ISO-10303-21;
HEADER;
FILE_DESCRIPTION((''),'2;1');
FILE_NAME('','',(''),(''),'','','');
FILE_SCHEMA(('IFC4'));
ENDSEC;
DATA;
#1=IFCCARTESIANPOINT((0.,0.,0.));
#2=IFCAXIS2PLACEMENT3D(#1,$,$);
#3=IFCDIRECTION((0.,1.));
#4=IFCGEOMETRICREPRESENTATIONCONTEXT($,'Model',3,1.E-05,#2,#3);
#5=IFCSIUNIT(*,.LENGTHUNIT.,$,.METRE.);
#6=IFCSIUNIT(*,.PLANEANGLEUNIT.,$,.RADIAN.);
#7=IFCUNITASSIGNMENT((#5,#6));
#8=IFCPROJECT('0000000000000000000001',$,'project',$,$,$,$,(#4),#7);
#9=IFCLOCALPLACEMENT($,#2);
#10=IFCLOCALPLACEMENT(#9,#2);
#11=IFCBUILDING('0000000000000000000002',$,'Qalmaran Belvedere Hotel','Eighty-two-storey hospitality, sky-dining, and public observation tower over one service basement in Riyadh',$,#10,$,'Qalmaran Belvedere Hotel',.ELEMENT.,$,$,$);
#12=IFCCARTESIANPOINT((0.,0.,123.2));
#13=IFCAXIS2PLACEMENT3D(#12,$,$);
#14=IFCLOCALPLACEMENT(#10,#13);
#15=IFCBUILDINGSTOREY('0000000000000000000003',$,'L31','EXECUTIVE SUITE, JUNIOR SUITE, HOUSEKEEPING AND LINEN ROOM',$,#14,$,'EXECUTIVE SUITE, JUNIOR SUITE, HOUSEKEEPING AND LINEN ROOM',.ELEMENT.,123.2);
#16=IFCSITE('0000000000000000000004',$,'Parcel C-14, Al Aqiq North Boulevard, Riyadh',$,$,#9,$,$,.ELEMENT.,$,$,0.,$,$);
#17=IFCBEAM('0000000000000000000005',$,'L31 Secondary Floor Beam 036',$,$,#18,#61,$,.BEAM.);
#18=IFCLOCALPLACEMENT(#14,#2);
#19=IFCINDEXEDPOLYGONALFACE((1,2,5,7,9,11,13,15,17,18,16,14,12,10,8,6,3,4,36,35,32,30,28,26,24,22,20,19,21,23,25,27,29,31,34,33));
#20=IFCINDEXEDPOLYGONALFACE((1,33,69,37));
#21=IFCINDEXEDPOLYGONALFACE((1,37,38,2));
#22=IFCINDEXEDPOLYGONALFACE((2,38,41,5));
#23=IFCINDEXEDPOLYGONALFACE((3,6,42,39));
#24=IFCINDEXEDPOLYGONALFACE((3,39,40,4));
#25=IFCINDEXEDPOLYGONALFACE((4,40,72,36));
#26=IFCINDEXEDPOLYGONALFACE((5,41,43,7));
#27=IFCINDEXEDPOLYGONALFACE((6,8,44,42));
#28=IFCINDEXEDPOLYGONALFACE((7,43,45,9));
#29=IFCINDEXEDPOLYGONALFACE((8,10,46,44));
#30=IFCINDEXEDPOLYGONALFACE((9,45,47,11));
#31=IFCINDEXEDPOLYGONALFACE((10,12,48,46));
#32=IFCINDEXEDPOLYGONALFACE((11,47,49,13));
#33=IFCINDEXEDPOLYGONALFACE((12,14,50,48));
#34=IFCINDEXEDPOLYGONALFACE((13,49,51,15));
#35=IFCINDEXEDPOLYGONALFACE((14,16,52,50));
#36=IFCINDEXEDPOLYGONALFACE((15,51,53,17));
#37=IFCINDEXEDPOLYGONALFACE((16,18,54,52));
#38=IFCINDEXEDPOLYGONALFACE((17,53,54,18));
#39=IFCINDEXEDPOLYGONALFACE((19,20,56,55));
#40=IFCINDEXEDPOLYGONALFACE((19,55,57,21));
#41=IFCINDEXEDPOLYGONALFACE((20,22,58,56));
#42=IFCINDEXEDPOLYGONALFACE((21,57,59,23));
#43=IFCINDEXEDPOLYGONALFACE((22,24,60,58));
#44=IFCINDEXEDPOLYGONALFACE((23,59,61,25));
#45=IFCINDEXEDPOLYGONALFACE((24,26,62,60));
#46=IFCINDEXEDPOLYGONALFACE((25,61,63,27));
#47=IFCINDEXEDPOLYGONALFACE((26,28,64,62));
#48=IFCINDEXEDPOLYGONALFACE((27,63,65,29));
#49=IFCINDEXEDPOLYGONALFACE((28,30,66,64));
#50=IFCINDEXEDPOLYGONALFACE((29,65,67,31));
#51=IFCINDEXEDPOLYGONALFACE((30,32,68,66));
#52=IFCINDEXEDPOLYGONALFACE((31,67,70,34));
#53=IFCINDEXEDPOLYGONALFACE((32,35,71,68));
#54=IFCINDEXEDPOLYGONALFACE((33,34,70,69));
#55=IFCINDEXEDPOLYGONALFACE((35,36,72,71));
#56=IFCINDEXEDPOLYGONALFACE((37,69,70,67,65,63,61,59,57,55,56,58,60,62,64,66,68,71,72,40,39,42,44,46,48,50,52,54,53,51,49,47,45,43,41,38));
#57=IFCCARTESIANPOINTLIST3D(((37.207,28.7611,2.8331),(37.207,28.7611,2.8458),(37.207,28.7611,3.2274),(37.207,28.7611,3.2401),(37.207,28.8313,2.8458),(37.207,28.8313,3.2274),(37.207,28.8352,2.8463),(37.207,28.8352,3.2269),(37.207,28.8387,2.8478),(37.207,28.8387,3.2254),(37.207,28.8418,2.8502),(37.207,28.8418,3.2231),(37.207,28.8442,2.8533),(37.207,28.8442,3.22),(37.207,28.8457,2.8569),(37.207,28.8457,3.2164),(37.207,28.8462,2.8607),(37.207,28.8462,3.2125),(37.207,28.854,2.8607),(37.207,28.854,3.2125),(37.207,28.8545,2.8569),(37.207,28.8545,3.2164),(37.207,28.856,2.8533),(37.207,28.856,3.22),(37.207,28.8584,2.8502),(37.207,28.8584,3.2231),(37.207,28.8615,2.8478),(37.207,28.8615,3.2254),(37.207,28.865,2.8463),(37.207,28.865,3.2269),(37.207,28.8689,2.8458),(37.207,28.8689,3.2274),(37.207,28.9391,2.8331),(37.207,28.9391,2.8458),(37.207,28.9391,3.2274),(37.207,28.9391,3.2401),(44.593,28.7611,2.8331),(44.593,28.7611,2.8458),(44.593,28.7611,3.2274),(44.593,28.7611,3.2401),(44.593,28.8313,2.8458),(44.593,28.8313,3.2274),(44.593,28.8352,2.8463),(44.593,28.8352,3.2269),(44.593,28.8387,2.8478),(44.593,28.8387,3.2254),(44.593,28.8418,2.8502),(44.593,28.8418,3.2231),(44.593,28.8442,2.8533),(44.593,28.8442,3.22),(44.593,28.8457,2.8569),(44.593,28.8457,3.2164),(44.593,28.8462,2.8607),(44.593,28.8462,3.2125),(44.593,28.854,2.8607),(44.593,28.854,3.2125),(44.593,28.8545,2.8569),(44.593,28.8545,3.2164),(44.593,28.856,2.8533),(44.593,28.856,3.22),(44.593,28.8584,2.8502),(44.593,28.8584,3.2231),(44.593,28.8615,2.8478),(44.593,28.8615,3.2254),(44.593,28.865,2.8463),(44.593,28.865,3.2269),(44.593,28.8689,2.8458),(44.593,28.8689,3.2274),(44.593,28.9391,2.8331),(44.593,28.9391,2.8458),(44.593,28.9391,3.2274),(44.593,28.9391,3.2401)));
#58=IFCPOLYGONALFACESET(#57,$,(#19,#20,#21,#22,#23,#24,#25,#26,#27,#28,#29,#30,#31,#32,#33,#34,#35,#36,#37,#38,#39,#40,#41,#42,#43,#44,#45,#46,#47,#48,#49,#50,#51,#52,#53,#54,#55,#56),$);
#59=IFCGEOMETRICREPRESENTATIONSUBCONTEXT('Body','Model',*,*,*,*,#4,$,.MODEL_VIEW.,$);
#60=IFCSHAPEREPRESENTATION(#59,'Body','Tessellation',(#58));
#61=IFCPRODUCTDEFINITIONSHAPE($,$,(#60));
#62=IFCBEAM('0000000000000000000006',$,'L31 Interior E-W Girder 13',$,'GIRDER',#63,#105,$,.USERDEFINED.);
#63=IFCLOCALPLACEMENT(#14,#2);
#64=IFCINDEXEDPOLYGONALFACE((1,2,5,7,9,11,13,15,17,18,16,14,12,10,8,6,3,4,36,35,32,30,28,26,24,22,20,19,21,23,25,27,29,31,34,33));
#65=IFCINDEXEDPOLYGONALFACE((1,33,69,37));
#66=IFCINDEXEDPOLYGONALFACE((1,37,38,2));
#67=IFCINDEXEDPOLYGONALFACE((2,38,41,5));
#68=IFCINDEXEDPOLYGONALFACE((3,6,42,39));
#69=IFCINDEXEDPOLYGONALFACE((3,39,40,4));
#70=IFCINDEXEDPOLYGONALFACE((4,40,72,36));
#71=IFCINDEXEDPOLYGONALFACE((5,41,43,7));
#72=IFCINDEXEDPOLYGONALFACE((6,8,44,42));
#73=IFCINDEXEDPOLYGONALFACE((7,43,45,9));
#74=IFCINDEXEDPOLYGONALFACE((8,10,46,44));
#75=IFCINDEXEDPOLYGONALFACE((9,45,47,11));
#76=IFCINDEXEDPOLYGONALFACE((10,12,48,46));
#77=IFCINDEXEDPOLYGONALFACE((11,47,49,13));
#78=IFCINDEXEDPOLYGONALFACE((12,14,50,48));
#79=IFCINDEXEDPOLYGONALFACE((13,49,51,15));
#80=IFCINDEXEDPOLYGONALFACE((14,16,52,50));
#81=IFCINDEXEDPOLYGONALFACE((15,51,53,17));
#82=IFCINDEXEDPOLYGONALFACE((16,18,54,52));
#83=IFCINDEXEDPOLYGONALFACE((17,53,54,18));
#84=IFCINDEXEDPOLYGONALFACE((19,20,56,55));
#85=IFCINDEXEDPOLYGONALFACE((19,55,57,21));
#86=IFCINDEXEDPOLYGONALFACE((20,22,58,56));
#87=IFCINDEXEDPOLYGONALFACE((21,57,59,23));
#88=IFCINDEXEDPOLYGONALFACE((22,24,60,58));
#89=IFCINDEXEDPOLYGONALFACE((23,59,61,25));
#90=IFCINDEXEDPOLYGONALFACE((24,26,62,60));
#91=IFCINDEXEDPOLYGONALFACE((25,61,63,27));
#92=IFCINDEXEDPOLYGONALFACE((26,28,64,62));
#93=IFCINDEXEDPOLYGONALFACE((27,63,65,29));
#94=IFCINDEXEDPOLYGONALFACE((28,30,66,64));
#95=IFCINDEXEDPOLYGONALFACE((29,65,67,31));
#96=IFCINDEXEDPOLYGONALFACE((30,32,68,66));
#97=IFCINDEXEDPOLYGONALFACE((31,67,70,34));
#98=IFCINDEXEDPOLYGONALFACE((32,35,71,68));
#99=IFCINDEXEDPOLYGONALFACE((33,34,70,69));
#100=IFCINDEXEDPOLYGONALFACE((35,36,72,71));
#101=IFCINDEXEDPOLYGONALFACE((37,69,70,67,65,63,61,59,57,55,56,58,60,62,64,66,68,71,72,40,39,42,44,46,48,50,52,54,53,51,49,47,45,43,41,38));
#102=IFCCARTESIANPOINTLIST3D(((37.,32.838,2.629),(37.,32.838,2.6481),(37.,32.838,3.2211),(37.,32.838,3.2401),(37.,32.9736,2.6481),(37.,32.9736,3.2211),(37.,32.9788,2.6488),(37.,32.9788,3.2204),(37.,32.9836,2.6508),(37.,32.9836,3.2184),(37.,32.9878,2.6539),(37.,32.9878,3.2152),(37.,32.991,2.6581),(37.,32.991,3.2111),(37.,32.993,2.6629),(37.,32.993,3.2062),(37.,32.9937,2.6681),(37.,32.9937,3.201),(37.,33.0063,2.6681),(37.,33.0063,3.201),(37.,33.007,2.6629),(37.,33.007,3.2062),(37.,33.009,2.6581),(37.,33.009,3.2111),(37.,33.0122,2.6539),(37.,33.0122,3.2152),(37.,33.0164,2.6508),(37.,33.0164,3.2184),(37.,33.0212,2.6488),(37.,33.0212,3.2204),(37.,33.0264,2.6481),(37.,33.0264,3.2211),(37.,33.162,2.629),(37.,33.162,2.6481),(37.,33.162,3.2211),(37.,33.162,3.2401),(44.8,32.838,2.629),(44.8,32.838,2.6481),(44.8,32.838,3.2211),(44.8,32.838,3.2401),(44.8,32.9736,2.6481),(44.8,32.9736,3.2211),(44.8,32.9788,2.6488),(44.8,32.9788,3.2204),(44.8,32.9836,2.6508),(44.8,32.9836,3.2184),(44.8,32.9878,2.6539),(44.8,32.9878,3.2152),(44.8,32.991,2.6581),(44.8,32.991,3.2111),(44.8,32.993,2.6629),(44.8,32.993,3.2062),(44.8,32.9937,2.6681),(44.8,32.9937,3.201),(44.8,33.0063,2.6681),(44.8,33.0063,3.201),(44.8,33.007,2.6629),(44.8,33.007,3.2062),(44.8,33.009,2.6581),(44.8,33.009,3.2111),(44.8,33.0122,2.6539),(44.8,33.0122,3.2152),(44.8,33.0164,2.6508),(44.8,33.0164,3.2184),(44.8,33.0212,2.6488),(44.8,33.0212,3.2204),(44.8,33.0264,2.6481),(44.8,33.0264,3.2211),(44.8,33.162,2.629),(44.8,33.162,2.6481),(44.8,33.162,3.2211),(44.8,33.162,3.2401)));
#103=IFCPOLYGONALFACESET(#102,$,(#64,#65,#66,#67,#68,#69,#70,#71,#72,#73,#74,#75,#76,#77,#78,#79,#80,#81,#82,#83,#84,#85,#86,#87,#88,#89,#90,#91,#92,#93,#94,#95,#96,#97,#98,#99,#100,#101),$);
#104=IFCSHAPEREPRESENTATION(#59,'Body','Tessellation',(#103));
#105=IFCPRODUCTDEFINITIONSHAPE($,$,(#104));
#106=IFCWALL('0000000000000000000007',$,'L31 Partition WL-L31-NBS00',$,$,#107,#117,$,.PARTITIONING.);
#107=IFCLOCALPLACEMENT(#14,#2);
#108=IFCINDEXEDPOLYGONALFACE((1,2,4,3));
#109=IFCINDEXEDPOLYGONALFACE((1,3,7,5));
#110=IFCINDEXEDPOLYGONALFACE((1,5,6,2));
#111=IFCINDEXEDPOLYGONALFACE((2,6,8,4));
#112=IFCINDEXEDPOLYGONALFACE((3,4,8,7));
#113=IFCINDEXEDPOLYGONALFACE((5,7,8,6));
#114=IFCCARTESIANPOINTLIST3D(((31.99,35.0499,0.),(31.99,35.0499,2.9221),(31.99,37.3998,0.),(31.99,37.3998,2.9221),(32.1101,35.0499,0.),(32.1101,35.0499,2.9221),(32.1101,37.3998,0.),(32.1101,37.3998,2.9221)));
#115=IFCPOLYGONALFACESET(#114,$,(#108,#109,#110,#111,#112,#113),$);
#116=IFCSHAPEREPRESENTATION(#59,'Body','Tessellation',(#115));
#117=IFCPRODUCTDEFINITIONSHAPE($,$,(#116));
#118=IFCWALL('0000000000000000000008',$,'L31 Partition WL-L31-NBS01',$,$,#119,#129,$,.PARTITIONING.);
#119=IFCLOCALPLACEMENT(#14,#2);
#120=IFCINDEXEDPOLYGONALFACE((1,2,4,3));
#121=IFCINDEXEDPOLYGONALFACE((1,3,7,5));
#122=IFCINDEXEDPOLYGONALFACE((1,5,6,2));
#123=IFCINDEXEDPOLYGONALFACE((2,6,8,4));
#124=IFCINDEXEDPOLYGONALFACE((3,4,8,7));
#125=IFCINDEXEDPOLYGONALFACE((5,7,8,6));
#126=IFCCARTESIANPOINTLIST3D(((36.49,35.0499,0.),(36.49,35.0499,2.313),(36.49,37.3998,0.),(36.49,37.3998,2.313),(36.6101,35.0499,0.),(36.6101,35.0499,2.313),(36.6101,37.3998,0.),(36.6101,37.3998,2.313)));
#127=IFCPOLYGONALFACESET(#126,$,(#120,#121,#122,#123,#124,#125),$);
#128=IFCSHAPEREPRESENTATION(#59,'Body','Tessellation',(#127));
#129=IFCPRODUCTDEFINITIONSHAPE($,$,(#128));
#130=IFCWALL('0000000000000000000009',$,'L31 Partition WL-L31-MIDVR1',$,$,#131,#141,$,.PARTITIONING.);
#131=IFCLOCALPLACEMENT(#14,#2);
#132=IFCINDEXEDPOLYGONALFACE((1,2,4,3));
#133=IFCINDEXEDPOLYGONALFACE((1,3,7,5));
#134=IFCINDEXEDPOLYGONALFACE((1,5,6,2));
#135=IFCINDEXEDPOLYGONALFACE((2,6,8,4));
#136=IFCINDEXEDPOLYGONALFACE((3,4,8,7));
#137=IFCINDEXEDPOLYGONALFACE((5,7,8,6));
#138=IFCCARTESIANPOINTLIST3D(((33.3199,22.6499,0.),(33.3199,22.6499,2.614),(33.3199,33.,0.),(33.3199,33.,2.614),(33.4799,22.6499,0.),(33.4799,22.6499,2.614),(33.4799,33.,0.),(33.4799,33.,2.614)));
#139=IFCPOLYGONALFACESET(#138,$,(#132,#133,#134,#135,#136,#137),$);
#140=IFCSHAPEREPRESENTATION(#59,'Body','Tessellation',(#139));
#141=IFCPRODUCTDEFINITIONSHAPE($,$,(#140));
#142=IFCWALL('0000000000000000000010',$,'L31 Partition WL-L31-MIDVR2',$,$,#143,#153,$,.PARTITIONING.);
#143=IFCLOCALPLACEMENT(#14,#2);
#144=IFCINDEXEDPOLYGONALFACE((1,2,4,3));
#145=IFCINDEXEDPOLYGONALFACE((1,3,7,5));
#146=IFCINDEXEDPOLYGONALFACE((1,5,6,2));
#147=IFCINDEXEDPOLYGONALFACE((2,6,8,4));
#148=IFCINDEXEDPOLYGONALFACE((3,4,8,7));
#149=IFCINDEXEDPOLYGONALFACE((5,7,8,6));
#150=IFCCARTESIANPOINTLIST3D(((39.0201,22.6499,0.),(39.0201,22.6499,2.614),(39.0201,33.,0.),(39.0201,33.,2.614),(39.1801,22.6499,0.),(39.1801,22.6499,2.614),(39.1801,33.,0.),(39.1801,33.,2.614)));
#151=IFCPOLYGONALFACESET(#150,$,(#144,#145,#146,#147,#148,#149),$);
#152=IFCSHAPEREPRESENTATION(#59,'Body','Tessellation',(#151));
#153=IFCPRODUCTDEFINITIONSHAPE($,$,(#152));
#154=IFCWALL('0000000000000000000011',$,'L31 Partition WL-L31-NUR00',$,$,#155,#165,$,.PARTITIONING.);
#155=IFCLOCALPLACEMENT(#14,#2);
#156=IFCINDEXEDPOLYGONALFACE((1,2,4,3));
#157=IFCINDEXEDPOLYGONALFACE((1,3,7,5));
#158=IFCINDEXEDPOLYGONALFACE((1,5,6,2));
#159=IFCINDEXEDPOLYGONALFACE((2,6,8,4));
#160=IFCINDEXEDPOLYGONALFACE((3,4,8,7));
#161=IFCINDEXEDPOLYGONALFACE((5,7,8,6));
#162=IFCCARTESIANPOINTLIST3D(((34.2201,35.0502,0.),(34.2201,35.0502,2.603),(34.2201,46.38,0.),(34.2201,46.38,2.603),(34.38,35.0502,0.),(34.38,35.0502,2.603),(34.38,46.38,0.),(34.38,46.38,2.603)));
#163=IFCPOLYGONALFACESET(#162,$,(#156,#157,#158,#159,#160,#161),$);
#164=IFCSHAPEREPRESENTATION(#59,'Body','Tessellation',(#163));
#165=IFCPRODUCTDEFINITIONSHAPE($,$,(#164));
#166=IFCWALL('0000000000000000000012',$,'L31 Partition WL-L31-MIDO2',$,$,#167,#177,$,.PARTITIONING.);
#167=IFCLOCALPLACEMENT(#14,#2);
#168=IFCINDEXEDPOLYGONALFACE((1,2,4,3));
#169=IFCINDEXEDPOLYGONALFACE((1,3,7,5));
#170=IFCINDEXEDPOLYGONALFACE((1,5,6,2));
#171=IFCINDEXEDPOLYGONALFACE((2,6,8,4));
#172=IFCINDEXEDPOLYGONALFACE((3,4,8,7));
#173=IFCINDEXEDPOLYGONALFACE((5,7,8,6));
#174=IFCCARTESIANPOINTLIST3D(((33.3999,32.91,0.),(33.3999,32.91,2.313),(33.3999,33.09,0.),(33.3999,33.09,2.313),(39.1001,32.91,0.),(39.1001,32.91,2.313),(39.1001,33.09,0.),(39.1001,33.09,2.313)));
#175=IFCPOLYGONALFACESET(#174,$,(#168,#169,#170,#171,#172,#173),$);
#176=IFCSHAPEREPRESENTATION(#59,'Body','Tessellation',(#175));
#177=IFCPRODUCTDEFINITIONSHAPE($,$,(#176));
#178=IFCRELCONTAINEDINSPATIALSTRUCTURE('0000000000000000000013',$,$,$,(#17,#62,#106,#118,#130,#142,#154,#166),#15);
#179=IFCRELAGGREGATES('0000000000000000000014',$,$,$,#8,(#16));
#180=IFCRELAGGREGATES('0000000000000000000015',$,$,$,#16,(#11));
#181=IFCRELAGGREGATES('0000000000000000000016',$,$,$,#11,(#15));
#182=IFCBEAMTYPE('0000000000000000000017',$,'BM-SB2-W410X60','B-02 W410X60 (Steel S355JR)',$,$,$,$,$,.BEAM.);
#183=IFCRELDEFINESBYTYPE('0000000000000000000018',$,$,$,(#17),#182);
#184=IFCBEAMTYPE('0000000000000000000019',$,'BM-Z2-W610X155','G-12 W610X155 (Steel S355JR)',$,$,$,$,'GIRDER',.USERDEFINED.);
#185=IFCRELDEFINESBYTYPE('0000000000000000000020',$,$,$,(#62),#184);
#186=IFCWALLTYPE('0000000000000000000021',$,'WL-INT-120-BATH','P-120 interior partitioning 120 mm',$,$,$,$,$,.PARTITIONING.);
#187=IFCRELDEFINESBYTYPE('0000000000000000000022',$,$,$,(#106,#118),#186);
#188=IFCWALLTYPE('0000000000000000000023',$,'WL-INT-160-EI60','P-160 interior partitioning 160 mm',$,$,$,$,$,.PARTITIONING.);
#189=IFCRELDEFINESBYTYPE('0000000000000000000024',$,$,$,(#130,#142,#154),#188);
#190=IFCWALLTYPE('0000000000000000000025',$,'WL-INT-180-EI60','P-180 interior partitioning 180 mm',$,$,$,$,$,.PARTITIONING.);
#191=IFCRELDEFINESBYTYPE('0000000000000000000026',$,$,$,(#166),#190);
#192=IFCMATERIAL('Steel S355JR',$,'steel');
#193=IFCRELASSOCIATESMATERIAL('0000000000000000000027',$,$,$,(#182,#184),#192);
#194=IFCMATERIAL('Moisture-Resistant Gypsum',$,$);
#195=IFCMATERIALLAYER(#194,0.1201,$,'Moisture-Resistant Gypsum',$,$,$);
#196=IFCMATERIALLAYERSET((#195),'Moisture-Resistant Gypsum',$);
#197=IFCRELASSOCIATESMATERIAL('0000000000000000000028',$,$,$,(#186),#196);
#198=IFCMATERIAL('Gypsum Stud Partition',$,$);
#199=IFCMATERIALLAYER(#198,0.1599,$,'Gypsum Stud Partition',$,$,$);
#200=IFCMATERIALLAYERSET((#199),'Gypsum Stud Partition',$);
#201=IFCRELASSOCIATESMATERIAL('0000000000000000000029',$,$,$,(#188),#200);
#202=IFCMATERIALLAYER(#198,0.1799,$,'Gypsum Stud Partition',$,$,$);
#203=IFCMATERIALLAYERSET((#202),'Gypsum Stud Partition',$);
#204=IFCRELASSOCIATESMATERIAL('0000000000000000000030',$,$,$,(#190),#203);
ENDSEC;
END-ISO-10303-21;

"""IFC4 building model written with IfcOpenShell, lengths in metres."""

from ifc_helpers import new_model, si_unit, direction, frame, frame_2d, origin, origin_2d, place, context, subcontext, project, spatial, rectangle, i_section, extrude, material, layer, layer_set, material_profile, profile_set, type_object, element, save


model = new_model("IFC4")

# Units and contexts
model_context = context("Model", 3, precision=1e-05, world=origin(), true_north=direction((0.0, 1.0)))
body_context = subcontext(model_context, "Body", "Model", "MODEL_VIEW")
ifc_project = project(units=[si_unit("LENGTHUNIT", "METRE"), si_unit("PLANEANGLEUNIT", "RADIAN")], contexts=[model_context])

# Site, building, storey
site_placement = place(None, origin())
site = spatial("IfcSite", under=ifc_project, at=site_placement, Name="Parcel C-14, Al Aqiq North Boulevard, Riyadh", CompositionType="ELEMENT", RefElevation=0.0)
building_placement = place(site_placement, origin())
building = spatial("IfcBuilding", under=site, at=building_placement, Name="Qalmaran Belvedere Hotel", Description="Eighty-two-storey hospitality, sky-dining, and public observation tower over one service basement in Riyadh", LongName="Qalmaran Belvedere Hotel", CompositionType="ELEMENT")
storey_placement = place(building_placement, frame((0.0, 0.0, 123.2)))
storey = spatial("IfcBuildingStorey", under=building, at=storey_placement, Name="L31", Description="EXECUTIVE SUITE, JUNIOR SUITE, HOUSEKEEPING AND LINEN ROOM", LongName="EXECUTIVE SUITE, JUNIOR SUITE, HOUSEKEEPING AND LINEN ROOM", CompositionType="ELEMENT", Elevation=123.2)

# Beams
ifc_material_1 = material(Name="Steel S355JR", Category="steel")
ifc_material_profile_1 = material_profile(ifc_material_1, i_section(OverallWidth=0.178, OverallDepth=0.407, WebThickness=0.0078, FlangeThickness=0.0127, FilletRadius=0.0149, at=origin_2d()), Name="W410X60")
ifc_profile_set_1 = profile_set([ifc_material_profile_1], Name="Steel S355JR")
beam_type_1 = type_object("IfcBeamType", Name="BM-SB2-W410X60", Description="B-02 W410X60 (Steel S355JR)", PredefinedType="BEAM", material=ifc_profile_set_1)
for number, where, z_axis, x_axis, name in (
    (1, (37.207, 28.8501, 3.0366), (1.0, 0.0, 0.0), (0.0, 1.0, 0.0), "L31 Secondary Floor Beam 036"),
):
    element("IfcBeam", number, at=place(storey_placement, frame(where, z_axis=z_axis, x_axis=x_axis)), inside=storey, type_object=beam_type_1, Name=name, PredefinedType="BEAM", context=body_context, shape_type="SweptSolid", body=[
        extrude(i_section(OverallWidth=0.178, OverallDepth=0.407, WebThickness=0.0078, FlangeThickness=0.0127, FilletRadius=0.0149, at=origin_2d()), origin(), (0.0, 0.0, 1.0), 7.386),
    ])
ifc_material_profile_2 = material_profile(ifc_material_1, i_section(OverallWidth=0.324, OverallDepth=0.6111, WebThickness=0.0127, FlangeThickness=0.019, FilletRadius=0.02, at=origin_2d()), Name="W610X155")
ifc_profile_set_2 = profile_set([ifc_material_profile_2], Name="Steel S355JR")
beam_type_2 = type_object("IfcBeamType", Name="BM-Z2-W610X155", Description="G-12 W610X155 (Steel S355JR)", ElementType="GIRDER", PredefinedType="USERDEFINED", material=ifc_profile_set_2)
beam_placement = place(storey_placement, frame((37.0, 33.0, 2.9346), z_axis=(1.0, 0.0, 0.0), x_axis=(0.0, 1.0, 0.0)))
element("IfcBeam", 2, at=beam_placement, inside=storey, type_object=beam_type_2, Name="L31 Interior E-W Girder 13", ObjectType="GIRDER", PredefinedType="USERDEFINED", context=body_context, shape_type="SweptSolid", body=[
    extrude(i_section(OverallWidth=0.324, OverallDepth=0.6111, WebThickness=0.0127, FlangeThickness=0.019, FilletRadius=0.02, at=origin_2d()), origin(), (0.0, 0.0, 1.0), 7.8),
])

# Walls
ifc_material_2 = material(Name="Moisture-Resistant Gypsum")
ifc_layer_1 = layer(ifc_material_2, 0.1201, Name="Moisture-Resistant Gypsum")
ifc_layer_set_1 = layer_set([ifc_layer_1], Name="Moisture-Resistant Gypsum")
wall_type_1 = type_object("IfcWallType", Name="WL-INT-120-BATH", Description="P-120 interior partitioning 120 mm", PredefinedType="PARTITIONING", material=ifc_layer_set_1)
wall_1_placement = place(storey_placement, frame((32.05, 35.05, 0.0), z_axis=(0.0, 0.0, 1.0), x_axis=(0.0, 1.0, 0.0)))
element("IfcWall", 3, at=wall_1_placement, inside=storey, type_object=wall_type_1, Name="L31 Partition WL-L31-NBS00", PredefinedType="PARTITIONING", context=body_context, shape_type="SweptSolid", body=[
    extrude(rectangle(XDim=2.3499, YDim=0.1201, at=frame_2d((1.1748, 0.0))), origin(), (0.0, 0.0, 1.0), 2.9221),
])
wall_2_placement = place(storey_placement, frame((36.55, 35.05, 0.0), z_axis=(0.0, 0.0, 1.0), x_axis=(0.0, 1.0, 0.0)))
element("IfcWall", 4, at=wall_2_placement, inside=storey, type_object=wall_type_1, Name="L31 Partition WL-L31-NBS01", PredefinedType="PARTITIONING", context=body_context, shape_type="SweptSolid", body=[
    extrude(rectangle(XDim=2.3499, YDim=0.1201, at=frame_2d((1.1748, 0.0))), origin(), (0.0, 0.0, 1.0), 2.313),
])
ifc_material_3 = material(Name="Gypsum Stud Partition")
ifc_layer_2 = layer(ifc_material_3, 0.1599, Name="Gypsum Stud Partition")
ifc_layer_set_2 = layer_set([ifc_layer_2], Name="Gypsum Stud Partition")
wall_type_2 = type_object("IfcWallType", Name="WL-INT-160-EI60", Description="P-160 interior partitioning 160 mm", PredefinedType="PARTITIONING", material=ifc_layer_set_2)
for number, where, z_axis, x_axis, name in (
    (5, (33.3999, 22.6499, 0.0), (0.0, 0.0, 1.0), (0.0, 1.0, 0.0), "L31 Partition WL-L31-MIDVR1"),
    (6, (39.1001, 22.6499, 0.0), (0.0, 0.0, 1.0), (0.0, 1.0, 0.0), "L31 Partition WL-L31-MIDVR2"),
):
    element("IfcWall", number, at=place(storey_placement, frame(where, z_axis=z_axis, x_axis=x_axis)), inside=storey, type_object=wall_type_2, Name=name, PredefinedType="PARTITIONING", context=body_context, shape_type="SweptSolid", body=[
        extrude(rectangle(XDim=10.3501, YDim=0.1599, at=frame_2d((5.175, 0.0))), origin(), (0.0, 0.0, 1.0), 2.614),
    ])
wall_3_placement = place(storey_placement, frame((34.3, 35.05, 0.0), z_axis=(0.0, 0.0, 1.0), x_axis=(0.0, 1.0, 0.0)))
element("IfcWall", 7, at=wall_3_placement, inside=storey, type_object=wall_type_2, Name="L31 Partition WL-L31-NUR00", PredefinedType="PARTITIONING", context=body_context, shape_type="SweptSolid", body=[
    extrude(rectangle(XDim=11.3298, YDim=0.1599, at=frame_2d((5.665, 0.0))), origin(), (0.0, 0.0, 1.0), 2.603),
])

# Shared definitions
ifc_layer_3 = layer(ifc_material_3, 0.1799, Name="Gypsum Stud Partition")
ifc_layer_set_3 = layer_set([ifc_layer_3], Name="Gypsum Stud Partition")
wall_type_3 = type_object("IfcWallType", Name="WL-INT-180-EI60", Description="P-180 interior partitioning 180 mm", PredefinedType="PARTITIONING", material=ifc_layer_set_3)

# Wall
wall_4_placement = place(storey_placement, frame((33.3999, 33.0, 0.0), z_axis=(0.0, 0.0, 1.0), x_axis=(1.0, 0.0, 0.0)))
element("IfcWall", 8, at=wall_4_placement, inside=storey, type_object=wall_type_3, Name="L31 Partition WL-L31-MIDO2", PredefinedType="PARTITIONING", context=body_context, shape_type="SweptSolid", body=[
    extrude(rectangle(XDim=5.7002, YDim=0.1799, at=frame_2d((2.8501, 0.0))), origin(), (0.0, 0.0, 1.0), 2.313),
])

save(model, "model.ifc")
